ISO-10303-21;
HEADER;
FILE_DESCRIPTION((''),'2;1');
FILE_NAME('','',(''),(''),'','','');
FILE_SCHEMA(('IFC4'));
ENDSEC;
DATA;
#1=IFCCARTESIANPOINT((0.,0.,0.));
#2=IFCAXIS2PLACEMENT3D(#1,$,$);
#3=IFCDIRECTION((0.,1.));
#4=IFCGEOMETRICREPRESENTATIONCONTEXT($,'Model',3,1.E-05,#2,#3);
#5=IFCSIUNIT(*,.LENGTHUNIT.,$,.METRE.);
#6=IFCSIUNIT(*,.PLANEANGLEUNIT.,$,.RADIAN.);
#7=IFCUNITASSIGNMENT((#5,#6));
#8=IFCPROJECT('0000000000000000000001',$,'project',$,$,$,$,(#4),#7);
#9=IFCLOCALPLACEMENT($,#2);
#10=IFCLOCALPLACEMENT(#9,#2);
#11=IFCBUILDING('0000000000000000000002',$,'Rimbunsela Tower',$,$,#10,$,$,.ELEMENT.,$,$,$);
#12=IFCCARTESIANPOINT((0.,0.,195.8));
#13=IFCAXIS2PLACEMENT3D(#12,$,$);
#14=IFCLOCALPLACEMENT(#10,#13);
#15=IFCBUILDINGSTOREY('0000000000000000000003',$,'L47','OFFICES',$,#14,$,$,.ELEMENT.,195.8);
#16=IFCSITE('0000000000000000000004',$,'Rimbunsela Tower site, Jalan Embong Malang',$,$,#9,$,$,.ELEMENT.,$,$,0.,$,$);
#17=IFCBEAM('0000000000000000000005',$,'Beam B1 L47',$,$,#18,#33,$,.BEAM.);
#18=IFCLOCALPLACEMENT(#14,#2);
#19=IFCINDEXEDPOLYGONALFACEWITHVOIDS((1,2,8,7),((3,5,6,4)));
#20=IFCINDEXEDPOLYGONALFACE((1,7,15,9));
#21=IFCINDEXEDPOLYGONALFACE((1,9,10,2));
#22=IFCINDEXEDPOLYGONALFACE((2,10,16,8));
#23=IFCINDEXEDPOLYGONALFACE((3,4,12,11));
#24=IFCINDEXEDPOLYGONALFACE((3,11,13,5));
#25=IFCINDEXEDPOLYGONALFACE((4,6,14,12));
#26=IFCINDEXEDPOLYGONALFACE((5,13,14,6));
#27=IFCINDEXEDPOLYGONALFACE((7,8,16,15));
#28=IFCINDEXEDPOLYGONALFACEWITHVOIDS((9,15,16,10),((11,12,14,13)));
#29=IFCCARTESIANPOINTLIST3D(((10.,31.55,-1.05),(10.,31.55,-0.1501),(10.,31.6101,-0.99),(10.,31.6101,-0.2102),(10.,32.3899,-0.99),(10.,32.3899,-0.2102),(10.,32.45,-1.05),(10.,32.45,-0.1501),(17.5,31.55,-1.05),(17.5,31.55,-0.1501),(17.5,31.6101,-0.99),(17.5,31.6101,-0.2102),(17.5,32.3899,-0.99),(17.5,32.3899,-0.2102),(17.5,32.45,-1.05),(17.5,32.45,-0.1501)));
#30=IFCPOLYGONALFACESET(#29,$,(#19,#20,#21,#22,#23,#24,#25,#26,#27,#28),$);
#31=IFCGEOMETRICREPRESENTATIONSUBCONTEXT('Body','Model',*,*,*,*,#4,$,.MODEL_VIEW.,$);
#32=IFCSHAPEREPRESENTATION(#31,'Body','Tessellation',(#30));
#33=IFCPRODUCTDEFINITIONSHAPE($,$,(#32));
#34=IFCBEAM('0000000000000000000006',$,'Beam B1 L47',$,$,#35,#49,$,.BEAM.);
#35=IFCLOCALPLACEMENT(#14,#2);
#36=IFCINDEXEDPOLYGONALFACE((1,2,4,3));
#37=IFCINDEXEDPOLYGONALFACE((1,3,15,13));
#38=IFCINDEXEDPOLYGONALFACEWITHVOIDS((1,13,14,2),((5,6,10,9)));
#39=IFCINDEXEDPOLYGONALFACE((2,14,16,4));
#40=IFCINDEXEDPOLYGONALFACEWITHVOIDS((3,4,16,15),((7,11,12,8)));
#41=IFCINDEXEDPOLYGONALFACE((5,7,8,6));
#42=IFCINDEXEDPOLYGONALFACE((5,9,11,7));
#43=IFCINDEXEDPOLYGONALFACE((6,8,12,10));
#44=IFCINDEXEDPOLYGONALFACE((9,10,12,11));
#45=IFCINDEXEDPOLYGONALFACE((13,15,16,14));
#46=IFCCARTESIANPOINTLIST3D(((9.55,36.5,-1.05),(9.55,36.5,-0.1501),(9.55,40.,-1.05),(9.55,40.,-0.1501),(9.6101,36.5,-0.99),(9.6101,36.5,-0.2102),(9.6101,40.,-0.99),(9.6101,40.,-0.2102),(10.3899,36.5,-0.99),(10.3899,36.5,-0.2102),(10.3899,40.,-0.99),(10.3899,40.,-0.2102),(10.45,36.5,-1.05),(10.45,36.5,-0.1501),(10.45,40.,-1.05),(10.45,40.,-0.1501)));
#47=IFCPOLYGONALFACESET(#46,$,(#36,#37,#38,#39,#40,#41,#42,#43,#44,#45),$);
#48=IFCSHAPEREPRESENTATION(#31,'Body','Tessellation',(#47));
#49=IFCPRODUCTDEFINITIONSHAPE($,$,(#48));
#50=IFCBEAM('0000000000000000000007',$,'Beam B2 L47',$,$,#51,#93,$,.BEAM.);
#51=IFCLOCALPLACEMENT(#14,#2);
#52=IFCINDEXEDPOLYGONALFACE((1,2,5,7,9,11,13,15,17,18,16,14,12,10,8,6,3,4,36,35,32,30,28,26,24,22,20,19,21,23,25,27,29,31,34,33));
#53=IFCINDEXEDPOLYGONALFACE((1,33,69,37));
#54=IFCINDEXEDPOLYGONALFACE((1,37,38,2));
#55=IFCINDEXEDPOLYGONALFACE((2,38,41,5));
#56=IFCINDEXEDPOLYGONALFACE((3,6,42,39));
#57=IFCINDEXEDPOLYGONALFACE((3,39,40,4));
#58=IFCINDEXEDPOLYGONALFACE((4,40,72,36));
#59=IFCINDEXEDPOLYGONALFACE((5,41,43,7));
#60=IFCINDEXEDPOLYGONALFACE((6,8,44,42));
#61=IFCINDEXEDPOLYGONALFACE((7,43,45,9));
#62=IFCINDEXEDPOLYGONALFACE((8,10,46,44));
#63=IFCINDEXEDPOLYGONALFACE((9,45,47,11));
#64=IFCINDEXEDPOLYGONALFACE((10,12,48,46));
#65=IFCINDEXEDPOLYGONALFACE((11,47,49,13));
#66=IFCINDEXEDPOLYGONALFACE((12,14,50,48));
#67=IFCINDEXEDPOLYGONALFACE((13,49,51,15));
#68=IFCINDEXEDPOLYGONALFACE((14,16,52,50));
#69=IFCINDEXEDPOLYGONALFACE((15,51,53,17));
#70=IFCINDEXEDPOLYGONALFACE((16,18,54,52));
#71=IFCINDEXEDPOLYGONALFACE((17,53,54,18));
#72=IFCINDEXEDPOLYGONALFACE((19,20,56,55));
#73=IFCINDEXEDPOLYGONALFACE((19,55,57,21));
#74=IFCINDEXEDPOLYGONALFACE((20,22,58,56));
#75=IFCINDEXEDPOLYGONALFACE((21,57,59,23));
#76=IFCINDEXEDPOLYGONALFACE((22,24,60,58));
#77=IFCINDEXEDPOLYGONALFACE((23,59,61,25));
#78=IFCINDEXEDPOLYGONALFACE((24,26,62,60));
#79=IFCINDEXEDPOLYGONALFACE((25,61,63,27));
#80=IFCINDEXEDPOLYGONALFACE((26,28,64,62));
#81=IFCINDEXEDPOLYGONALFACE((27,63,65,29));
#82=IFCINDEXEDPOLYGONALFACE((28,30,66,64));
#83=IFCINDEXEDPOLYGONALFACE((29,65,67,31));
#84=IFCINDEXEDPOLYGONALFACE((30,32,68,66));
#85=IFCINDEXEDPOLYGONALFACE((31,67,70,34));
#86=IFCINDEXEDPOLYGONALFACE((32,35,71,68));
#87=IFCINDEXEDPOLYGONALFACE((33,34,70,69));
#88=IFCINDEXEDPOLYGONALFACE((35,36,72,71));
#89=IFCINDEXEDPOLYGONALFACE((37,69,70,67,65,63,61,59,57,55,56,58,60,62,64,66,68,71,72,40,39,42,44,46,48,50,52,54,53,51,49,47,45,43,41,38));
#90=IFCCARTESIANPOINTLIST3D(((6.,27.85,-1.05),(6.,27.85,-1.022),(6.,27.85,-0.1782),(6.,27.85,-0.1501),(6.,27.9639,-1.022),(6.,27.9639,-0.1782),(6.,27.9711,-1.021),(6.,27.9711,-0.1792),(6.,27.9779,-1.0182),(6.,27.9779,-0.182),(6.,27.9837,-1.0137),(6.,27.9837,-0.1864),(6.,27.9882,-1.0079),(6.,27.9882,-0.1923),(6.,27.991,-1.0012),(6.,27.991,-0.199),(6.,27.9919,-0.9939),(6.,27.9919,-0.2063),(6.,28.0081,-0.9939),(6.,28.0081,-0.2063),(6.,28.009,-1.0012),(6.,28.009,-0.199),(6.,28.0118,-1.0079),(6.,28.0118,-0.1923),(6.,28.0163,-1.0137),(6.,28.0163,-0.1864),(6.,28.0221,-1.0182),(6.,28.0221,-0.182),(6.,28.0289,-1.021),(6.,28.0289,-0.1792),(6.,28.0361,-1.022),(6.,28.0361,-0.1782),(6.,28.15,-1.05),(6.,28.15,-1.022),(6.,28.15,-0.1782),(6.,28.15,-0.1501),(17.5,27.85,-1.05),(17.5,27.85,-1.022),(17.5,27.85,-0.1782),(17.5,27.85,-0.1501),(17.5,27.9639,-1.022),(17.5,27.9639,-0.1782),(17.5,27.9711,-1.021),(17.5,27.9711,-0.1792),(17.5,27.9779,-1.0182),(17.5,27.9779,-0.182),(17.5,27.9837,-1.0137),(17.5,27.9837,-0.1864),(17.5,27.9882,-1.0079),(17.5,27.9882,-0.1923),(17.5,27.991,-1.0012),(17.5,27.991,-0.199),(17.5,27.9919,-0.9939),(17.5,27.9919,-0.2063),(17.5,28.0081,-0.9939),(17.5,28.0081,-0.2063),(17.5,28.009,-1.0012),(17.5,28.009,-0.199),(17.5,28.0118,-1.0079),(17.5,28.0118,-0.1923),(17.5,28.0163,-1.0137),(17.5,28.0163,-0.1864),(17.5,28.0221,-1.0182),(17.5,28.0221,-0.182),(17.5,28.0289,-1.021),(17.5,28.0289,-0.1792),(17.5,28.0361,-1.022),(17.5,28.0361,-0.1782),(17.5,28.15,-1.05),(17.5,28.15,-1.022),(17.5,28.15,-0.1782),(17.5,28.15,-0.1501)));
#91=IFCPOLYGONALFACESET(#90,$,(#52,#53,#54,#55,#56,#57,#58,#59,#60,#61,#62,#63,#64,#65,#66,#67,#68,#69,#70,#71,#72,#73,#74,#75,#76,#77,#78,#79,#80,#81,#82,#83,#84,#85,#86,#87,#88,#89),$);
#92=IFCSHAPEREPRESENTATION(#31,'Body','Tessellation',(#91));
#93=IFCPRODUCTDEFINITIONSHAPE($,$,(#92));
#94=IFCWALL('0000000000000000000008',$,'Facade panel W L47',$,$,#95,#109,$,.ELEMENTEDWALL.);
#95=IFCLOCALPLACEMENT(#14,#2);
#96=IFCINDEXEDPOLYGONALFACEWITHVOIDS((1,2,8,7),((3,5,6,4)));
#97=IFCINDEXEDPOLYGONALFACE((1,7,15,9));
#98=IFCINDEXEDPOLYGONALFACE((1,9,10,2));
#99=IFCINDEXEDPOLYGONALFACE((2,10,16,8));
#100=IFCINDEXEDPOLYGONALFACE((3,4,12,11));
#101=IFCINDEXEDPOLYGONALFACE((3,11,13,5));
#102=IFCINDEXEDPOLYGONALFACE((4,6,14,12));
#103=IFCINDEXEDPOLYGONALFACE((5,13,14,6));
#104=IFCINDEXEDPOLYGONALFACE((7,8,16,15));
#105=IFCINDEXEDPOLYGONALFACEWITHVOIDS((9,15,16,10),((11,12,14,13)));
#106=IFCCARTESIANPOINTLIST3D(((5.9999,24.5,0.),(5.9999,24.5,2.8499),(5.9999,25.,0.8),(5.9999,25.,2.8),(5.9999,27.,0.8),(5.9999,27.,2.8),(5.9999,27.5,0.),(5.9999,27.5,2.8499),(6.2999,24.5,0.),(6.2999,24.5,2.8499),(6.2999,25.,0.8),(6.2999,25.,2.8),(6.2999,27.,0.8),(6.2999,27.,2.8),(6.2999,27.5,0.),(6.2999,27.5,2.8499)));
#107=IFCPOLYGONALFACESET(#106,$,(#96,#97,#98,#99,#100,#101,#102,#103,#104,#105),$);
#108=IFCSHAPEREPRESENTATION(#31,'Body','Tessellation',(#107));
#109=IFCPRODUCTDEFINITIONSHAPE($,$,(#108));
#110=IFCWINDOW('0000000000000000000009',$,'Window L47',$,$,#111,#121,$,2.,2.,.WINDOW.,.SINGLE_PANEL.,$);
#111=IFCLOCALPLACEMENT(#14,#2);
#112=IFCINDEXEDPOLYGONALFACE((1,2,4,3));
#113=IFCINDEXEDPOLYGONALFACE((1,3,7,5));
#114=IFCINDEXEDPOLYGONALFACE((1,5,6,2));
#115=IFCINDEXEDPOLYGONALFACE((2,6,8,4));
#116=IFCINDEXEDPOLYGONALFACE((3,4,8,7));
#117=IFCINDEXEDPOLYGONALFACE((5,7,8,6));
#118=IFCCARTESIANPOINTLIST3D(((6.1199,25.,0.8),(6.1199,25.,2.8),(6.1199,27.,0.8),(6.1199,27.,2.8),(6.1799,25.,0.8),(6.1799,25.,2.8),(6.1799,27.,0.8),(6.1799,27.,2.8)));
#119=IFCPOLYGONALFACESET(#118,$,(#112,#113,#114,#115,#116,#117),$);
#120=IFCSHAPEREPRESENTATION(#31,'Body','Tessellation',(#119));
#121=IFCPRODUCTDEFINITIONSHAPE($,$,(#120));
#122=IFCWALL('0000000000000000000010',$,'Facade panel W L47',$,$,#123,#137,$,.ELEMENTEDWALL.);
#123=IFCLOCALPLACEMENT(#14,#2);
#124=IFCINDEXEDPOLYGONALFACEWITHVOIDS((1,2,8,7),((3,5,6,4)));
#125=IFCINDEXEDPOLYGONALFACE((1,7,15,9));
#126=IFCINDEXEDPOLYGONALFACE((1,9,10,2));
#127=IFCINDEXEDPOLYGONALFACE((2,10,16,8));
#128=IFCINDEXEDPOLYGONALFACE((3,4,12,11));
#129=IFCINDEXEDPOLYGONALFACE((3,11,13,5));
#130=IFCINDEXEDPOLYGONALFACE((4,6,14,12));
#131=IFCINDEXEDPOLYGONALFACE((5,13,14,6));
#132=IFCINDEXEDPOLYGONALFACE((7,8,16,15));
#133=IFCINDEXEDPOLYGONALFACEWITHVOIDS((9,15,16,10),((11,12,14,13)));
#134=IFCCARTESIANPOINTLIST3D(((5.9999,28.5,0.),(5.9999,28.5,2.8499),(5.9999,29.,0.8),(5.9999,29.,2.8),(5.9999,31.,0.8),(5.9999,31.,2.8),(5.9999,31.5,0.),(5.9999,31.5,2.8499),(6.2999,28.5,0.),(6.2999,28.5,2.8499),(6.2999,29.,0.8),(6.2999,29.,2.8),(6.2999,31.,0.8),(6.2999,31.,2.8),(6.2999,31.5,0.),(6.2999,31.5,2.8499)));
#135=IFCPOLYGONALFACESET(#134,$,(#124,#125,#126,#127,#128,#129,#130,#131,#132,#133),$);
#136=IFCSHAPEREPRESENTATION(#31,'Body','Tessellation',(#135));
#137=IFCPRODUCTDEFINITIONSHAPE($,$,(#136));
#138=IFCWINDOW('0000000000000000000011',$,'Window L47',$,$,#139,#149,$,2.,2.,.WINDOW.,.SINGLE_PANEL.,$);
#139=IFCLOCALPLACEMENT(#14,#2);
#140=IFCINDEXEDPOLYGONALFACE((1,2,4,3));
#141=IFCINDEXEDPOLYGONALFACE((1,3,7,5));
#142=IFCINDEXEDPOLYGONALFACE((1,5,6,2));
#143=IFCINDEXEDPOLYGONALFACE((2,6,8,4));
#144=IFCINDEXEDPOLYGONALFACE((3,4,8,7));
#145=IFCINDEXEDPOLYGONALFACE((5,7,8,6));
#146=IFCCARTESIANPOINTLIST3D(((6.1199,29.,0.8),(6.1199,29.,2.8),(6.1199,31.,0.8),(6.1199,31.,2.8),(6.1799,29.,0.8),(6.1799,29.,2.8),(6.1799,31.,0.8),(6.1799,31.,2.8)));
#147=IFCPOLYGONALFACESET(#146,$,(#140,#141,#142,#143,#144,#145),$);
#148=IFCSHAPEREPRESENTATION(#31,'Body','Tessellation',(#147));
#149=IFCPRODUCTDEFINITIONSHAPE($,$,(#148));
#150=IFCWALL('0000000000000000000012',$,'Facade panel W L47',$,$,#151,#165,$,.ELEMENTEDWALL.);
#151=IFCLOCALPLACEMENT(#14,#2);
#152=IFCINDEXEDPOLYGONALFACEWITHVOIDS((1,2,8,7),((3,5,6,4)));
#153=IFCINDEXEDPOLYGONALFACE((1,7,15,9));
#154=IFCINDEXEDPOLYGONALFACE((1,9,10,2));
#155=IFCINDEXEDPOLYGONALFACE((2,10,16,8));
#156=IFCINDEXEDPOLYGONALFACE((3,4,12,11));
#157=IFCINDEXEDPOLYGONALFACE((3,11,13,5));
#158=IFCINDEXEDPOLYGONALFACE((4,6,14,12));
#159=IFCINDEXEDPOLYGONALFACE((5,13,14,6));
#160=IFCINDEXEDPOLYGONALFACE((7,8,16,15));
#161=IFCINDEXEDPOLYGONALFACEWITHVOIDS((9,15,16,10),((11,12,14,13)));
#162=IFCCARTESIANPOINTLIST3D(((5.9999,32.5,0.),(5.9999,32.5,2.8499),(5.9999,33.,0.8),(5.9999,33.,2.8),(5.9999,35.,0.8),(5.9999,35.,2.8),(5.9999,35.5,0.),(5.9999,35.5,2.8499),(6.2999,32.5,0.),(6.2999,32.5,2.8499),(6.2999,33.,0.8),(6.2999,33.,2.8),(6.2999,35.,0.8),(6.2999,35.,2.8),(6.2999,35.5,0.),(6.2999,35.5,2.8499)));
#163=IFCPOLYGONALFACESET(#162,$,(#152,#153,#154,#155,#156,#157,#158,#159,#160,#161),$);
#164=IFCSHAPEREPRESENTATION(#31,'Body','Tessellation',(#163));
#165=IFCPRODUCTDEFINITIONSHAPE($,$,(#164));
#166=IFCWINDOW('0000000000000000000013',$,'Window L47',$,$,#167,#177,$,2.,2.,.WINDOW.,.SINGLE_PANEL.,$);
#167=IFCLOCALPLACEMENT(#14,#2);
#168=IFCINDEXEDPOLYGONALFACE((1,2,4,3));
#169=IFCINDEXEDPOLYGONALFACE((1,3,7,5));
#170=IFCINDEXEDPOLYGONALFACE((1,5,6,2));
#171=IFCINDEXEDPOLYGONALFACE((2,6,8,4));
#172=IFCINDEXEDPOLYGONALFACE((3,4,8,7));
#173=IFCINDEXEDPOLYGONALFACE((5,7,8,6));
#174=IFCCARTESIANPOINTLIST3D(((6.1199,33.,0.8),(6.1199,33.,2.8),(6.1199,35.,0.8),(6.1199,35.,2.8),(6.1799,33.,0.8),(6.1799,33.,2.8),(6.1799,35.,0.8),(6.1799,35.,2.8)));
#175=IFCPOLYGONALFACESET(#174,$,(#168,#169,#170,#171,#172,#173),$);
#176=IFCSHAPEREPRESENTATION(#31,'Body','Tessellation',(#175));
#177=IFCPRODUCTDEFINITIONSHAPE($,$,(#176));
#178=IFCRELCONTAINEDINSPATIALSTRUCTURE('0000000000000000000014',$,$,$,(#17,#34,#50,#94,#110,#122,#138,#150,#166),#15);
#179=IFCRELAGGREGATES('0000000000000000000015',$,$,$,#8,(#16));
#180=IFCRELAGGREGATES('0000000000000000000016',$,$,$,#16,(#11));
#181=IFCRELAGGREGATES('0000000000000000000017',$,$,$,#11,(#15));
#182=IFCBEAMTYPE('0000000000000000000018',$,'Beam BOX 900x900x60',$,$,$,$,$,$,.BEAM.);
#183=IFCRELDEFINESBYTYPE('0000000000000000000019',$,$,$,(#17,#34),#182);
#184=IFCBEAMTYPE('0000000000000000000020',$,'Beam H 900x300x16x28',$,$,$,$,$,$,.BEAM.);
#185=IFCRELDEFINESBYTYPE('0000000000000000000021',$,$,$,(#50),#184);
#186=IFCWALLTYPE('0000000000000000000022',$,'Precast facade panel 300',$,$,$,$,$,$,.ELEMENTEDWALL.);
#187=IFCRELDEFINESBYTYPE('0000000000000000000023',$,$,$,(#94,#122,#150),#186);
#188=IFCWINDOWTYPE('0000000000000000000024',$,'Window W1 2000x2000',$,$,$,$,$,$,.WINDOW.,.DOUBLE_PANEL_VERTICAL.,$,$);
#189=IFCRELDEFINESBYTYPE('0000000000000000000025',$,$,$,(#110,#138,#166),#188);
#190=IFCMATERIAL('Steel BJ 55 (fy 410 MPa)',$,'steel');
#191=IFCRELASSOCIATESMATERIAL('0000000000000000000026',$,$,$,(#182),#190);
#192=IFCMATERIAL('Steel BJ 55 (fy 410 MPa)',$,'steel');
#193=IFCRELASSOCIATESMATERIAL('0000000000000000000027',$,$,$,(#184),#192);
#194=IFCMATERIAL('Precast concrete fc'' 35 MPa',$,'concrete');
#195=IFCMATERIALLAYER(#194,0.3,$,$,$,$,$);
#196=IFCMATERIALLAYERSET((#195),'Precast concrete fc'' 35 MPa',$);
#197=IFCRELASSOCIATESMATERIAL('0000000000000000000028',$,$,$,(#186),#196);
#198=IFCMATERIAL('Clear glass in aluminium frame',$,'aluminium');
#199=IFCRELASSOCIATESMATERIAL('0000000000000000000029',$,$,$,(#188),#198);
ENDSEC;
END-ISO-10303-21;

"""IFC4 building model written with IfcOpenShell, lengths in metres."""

from ifc_helpers import new_model, si_unit, direction, frame, frame_2d, origin, origin_2d, place, context, subcontext, project, spatial, rectangle, hollow_rectangle, i_section, extrude, material, layer, layer_set, material_profile, profile_set, type_object, element, fill, save


model = new_model("IFC4")

# Units and contexts
model_context = context("Model", 3, precision=1e-05, world=origin(), true_north=direction((0.0, 1.0)))
body_context = subcontext(model_context, "Body", "Model", "MODEL_VIEW")
ifc_project = project(units=[si_unit("LENGTHUNIT", "METRE"), si_unit("PLANEANGLEUNIT", "RADIAN")], contexts=[model_context])

# Site, building, storey
site_placement = place(None, origin())
site = spatial("IfcSite", under=ifc_project, at=site_placement, Name="Rimbunsela Tower site, Jalan Embong Malang", CompositionType="ELEMENT", RefElevation=0.0)
building_placement = place(site_placement, origin())
building = spatial("IfcBuilding", under=site, at=building_placement, Name="Rimbunsela Tower", CompositionType="ELEMENT")
storey_placement = place(building_placement, frame((0.0, 0.0, 195.8)))
storey = spatial("IfcBuildingStorey", under=building, at=storey_placement, Name="L47", Description="OFFICES", CompositionType="ELEMENT", Elevation=195.8)

# Beams
ifc_material_1 = material(Name="Steel BJ 55 (fy 410 MPa)", Category="steel")
ifc_material_profile_1 = material_profile(ifc_material_1, hollow_rectangle(XDim=0.8999, YDim=0.8999, WallThickness=0.0601, at=origin_2d()), Name="BOX 900x900x60")
ifc_profile_set_1 = profile_set([ifc_material_profile_1], Name="Steel BJ 55 (fy 410 MPa)")
beam_type_1 = type_object("IfcBeamType", Name="Beam BOX 900x900x60", PredefinedType="BEAM", material=ifc_profile_set_1)
beam_1_placement = place(storey_placement, frame((10.0, 32.0, -0.6001), z_axis=(1.0, 0.0, 0.0), x_axis=(0.0, 1.0, 0.0)))
element("IfcBeam", 1, at=beam_1_placement, inside=storey, type_object=beam_type_1, Name="Beam B1 L47", PredefinedType="BEAM", context=body_context, shape_type="SweptSolid", body=[
    extrude(hollow_rectangle(XDim=0.8999, YDim=0.8999, WallThickness=0.0601, at=origin_2d()), origin(), (0.0, 0.0, 1.0), 7.5),
])
beam_2_placement = place(storey_placement, frame((10.0, 36.5, -0.6001), z_axis=(0.0, 1.0, 0.0), x_axis=(-1.0, 0.0, 0.0)))
element("IfcBeam", 2, at=beam_2_placement, inside=storey, type_object=beam_type_1, Name="Beam B1 L47", PredefinedType="BEAM", context=body_context, shape_type="SweptSolid", body=[
    extrude(hollow_rectangle(XDim=0.8999, YDim=0.8999, WallThickness=0.0601, at=origin_2d()), origin(), (0.0, 0.0, 1.0), 3.5),
])
ifc_material_2 = material(Name="Steel BJ 55 (fy 410 MPa)", Category="steel")
ifc_material_profile_2 = material_profile(ifc_material_2, i_section(OverallWidth=0.3, OverallDepth=0.8999, WebThickness=0.0161, FlangeThickness=0.0281, FilletRadius=0.0281, at=origin_2d()), Name="H 900x300x16x28")
ifc_profile_set_2 = profile_set([ifc_material_profile_2], Name="Steel BJ 55 (fy 410 MPa)")
beam_type_2 = type_object("IfcBeamType", Name="Beam H 900x300x16x28", PredefinedType="BEAM", material=ifc_profile_set_2)
beam_3_placement = place(storey_placement, frame((6.0, 28.0, -0.6001), z_axis=(1.0, 0.0, 0.0), x_axis=(0.0, 1.0, 0.0)))
element("IfcBeam", 3, at=beam_3_placement, inside=storey, type_object=beam_type_2, Name="Beam B2 L47", PredefinedType="BEAM", context=body_context, shape_type="SweptSolid", body=[
    extrude(i_section(OverallWidth=0.3, OverallDepth=0.8999, WebThickness=0.0161, FlangeThickness=0.0281, FilletRadius=0.0281, at=origin_2d()), origin(), (0.0, 0.0, 1.0), 11.5),
])

# Walls, openings, windows
ifc_material_3 = material(Name="Precast concrete fc' 35 MPa", Category="concrete")
ifc_layer_1 = layer(ifc_material_3, 0.3)
ifc_layer_set_1 = layer_set([ifc_layer_1], Name="Precast concrete fc' 35 MPa")
wall_type = type_object("IfcWallType", Name="Precast facade panel 300", PredefinedType="ELEMENTEDWALL", material=ifc_layer_set_1)
wall_1_placement = place(storey_placement, frame((6.1499, 27.5, 0.0), z_axis=(0.0, 0.0, 1.0), x_axis=(0.0, -1.0, 0.0)))
wall_1 = element("IfcWall", 4, at=wall_1_placement, inside=storey, type_object=wall_type, Name="Facade panel W L47", PredefinedType="ELEMENTEDWALL", context=body_context, shape_type="SweptSolid", body=[
    extrude(rectangle(XDim=3.0, YDim=0.3, at=frame_2d((1.5, 0.0))), origin(), (0.0, 0.0, 1.0), 2.8499),
])
opening_1_placement = place(wall_1_placement, frame((0.5, 0.0, 0.8)))
opening_1 = element("IfcOpeningElement", 5, at=opening_1_placement, cuts=wall_1, PredefinedType="OPENING", context=body_context, shape_type="SweptSolid", body=[
    extrude(rectangle(XDim=2.0, YDim=2.0, at=frame_2d((1.0, 1.0))), frame((0.0, 0.1599, 0.0), z_axis=(0.0, -1.0, 0.0), x_axis=(1.0, 0.0, 0.0)), (0.0, 0.0, 1.0), 0.3201),
])
ifc_material_4 = material(Name="Clear glass in aluminium frame", Category="aluminium")
window_type = type_object("IfcWindowType", Name="Window W1 2000x2000", PartitioningType="DOUBLE_PANEL_VERTICAL", PredefinedType="WINDOW", material=ifc_material_4)
window_1_placement = place(opening_1_placement, origin())
window_1 = element("IfcWindow", 6, at=window_1_placement, inside=storey, type_object=window_type, Name="Window L47", OverallHeight=2.0, OverallWidth=2.0, PartitioningType="SINGLE_PANEL", PredefinedType="WINDOW", context=body_context, shape_type="SweptSolid", body=[
    extrude(rectangle(XDim=2.0, YDim=2.0, at=frame_2d((1.0, 1.0))), frame((0.0, 0.03, 0.0), z_axis=(0.0, -1.0, 0.0), x_axis=(1.0, 0.0, 0.0)), (0.0, 0.0, 1.0), 0.0601),
])
fill(opening_1, window_1)
wall_2_placement = place(storey_placement, frame((6.1499, 31.5, 0.0), z_axis=(0.0, 0.0, 1.0), x_axis=(0.0, -1.0, 0.0)))
wall_2 = element("IfcWall", 7, at=wall_2_placement, inside=storey, type_object=wall_type, Name="Facade panel W L47", PredefinedType="ELEMENTEDWALL", context=body_context, shape_type="SweptSolid", body=[
    extrude(rectangle(XDim=3.0, YDim=0.3, at=frame_2d((1.5, 0.0))), origin(), (0.0, 0.0, 1.0), 2.8499),
])
opening_2_placement = place(wall_2_placement, frame((0.5, 0.0, 0.8)))
opening_2 = element("IfcOpeningElement", 8, at=opening_2_placement, cuts=wall_2, PredefinedType="OPENING", context=body_context, shape_type="SweptSolid", body=[
    extrude(rectangle(XDim=2.0, YDim=2.0, at=frame_2d((1.0, 1.0))), frame((0.0, 0.1599, 0.0), z_axis=(0.0, -1.0, 0.0), x_axis=(1.0, 0.0, 0.0)), (0.0, 0.0, 1.0), 0.3201),
])
window_2_placement = place(opening_2_placement, origin())
window_2 = element("IfcWindow", 9, at=window_2_placement, inside=storey, type_object=window_type, Name="Window L47", OverallHeight=2.0, OverallWidth=2.0, PartitioningType="SINGLE_PANEL", PredefinedType="WINDOW", context=body_context, shape_type="SweptSolid", body=[
    extrude(rectangle(XDim=2.0, YDim=2.0, at=frame_2d((1.0, 1.0))), frame((0.0, 0.03, 0.0), z_axis=(0.0, -1.0, 0.0), x_axis=(1.0, 0.0, 0.0)), (0.0, 0.0, 1.0), 0.0601),
])
fill(opening_2, window_2)
wall_3_placement = place(storey_placement, frame((6.1499, 35.5, 0.0), z_axis=(0.0, 0.0, 1.0), x_axis=(0.0, -1.0, 0.0)))
wall_3 = element("IfcWall", 10, at=wall_3_placement, inside=storey, type_object=wall_type, Name="Facade panel W L47", PredefinedType="ELEMENTEDWALL", context=body_context, shape_type="SweptSolid", body=[
    extrude(rectangle(XDim=3.0, YDim=0.3, at=frame_2d((1.5, 0.0))), origin(), (0.0, 0.0, 1.0), 2.8499),
])
opening_3_placement = place(wall_3_placement, frame((0.5, 0.0, 0.8)))
opening_3 = element("IfcOpeningElement", 11, at=opening_3_placement, cuts=wall_3, PredefinedType="OPENING", context=body_context, shape_type="SweptSolid", body=[
    extrude(rectangle(XDim=2.0, YDim=2.0, at=frame_2d((1.0, 1.0))), frame((0.0, 0.1599, 0.0), z_axis=(0.0, -1.0, 0.0), x_axis=(1.0, 0.0, 0.0)), (0.0, 0.0, 1.0), 0.3201),
])
window_3_placement = place(opening_3_placement, origin())
window_3 = element("IfcWindow", 12, at=window_3_placement, inside=storey, type_object=window_type, Name="Window L47", OverallHeight=2.0, OverallWidth=2.0, PartitioningType="SINGLE_PANEL", PredefinedType="WINDOW", context=body_context, shape_type="SweptSolid", body=[
    extrude(rectangle(XDim=2.0, YDim=2.0, at=frame_2d((1.0, 1.0))), frame((0.0, 0.03, 0.0), z_axis=(0.0, -1.0, 0.0), x_axis=(1.0, 0.0, 0.0)), (0.0, 0.0, 1.0), 0.0601),
])
fill(opening_3, window_3)

save(model, "model.ifc")
